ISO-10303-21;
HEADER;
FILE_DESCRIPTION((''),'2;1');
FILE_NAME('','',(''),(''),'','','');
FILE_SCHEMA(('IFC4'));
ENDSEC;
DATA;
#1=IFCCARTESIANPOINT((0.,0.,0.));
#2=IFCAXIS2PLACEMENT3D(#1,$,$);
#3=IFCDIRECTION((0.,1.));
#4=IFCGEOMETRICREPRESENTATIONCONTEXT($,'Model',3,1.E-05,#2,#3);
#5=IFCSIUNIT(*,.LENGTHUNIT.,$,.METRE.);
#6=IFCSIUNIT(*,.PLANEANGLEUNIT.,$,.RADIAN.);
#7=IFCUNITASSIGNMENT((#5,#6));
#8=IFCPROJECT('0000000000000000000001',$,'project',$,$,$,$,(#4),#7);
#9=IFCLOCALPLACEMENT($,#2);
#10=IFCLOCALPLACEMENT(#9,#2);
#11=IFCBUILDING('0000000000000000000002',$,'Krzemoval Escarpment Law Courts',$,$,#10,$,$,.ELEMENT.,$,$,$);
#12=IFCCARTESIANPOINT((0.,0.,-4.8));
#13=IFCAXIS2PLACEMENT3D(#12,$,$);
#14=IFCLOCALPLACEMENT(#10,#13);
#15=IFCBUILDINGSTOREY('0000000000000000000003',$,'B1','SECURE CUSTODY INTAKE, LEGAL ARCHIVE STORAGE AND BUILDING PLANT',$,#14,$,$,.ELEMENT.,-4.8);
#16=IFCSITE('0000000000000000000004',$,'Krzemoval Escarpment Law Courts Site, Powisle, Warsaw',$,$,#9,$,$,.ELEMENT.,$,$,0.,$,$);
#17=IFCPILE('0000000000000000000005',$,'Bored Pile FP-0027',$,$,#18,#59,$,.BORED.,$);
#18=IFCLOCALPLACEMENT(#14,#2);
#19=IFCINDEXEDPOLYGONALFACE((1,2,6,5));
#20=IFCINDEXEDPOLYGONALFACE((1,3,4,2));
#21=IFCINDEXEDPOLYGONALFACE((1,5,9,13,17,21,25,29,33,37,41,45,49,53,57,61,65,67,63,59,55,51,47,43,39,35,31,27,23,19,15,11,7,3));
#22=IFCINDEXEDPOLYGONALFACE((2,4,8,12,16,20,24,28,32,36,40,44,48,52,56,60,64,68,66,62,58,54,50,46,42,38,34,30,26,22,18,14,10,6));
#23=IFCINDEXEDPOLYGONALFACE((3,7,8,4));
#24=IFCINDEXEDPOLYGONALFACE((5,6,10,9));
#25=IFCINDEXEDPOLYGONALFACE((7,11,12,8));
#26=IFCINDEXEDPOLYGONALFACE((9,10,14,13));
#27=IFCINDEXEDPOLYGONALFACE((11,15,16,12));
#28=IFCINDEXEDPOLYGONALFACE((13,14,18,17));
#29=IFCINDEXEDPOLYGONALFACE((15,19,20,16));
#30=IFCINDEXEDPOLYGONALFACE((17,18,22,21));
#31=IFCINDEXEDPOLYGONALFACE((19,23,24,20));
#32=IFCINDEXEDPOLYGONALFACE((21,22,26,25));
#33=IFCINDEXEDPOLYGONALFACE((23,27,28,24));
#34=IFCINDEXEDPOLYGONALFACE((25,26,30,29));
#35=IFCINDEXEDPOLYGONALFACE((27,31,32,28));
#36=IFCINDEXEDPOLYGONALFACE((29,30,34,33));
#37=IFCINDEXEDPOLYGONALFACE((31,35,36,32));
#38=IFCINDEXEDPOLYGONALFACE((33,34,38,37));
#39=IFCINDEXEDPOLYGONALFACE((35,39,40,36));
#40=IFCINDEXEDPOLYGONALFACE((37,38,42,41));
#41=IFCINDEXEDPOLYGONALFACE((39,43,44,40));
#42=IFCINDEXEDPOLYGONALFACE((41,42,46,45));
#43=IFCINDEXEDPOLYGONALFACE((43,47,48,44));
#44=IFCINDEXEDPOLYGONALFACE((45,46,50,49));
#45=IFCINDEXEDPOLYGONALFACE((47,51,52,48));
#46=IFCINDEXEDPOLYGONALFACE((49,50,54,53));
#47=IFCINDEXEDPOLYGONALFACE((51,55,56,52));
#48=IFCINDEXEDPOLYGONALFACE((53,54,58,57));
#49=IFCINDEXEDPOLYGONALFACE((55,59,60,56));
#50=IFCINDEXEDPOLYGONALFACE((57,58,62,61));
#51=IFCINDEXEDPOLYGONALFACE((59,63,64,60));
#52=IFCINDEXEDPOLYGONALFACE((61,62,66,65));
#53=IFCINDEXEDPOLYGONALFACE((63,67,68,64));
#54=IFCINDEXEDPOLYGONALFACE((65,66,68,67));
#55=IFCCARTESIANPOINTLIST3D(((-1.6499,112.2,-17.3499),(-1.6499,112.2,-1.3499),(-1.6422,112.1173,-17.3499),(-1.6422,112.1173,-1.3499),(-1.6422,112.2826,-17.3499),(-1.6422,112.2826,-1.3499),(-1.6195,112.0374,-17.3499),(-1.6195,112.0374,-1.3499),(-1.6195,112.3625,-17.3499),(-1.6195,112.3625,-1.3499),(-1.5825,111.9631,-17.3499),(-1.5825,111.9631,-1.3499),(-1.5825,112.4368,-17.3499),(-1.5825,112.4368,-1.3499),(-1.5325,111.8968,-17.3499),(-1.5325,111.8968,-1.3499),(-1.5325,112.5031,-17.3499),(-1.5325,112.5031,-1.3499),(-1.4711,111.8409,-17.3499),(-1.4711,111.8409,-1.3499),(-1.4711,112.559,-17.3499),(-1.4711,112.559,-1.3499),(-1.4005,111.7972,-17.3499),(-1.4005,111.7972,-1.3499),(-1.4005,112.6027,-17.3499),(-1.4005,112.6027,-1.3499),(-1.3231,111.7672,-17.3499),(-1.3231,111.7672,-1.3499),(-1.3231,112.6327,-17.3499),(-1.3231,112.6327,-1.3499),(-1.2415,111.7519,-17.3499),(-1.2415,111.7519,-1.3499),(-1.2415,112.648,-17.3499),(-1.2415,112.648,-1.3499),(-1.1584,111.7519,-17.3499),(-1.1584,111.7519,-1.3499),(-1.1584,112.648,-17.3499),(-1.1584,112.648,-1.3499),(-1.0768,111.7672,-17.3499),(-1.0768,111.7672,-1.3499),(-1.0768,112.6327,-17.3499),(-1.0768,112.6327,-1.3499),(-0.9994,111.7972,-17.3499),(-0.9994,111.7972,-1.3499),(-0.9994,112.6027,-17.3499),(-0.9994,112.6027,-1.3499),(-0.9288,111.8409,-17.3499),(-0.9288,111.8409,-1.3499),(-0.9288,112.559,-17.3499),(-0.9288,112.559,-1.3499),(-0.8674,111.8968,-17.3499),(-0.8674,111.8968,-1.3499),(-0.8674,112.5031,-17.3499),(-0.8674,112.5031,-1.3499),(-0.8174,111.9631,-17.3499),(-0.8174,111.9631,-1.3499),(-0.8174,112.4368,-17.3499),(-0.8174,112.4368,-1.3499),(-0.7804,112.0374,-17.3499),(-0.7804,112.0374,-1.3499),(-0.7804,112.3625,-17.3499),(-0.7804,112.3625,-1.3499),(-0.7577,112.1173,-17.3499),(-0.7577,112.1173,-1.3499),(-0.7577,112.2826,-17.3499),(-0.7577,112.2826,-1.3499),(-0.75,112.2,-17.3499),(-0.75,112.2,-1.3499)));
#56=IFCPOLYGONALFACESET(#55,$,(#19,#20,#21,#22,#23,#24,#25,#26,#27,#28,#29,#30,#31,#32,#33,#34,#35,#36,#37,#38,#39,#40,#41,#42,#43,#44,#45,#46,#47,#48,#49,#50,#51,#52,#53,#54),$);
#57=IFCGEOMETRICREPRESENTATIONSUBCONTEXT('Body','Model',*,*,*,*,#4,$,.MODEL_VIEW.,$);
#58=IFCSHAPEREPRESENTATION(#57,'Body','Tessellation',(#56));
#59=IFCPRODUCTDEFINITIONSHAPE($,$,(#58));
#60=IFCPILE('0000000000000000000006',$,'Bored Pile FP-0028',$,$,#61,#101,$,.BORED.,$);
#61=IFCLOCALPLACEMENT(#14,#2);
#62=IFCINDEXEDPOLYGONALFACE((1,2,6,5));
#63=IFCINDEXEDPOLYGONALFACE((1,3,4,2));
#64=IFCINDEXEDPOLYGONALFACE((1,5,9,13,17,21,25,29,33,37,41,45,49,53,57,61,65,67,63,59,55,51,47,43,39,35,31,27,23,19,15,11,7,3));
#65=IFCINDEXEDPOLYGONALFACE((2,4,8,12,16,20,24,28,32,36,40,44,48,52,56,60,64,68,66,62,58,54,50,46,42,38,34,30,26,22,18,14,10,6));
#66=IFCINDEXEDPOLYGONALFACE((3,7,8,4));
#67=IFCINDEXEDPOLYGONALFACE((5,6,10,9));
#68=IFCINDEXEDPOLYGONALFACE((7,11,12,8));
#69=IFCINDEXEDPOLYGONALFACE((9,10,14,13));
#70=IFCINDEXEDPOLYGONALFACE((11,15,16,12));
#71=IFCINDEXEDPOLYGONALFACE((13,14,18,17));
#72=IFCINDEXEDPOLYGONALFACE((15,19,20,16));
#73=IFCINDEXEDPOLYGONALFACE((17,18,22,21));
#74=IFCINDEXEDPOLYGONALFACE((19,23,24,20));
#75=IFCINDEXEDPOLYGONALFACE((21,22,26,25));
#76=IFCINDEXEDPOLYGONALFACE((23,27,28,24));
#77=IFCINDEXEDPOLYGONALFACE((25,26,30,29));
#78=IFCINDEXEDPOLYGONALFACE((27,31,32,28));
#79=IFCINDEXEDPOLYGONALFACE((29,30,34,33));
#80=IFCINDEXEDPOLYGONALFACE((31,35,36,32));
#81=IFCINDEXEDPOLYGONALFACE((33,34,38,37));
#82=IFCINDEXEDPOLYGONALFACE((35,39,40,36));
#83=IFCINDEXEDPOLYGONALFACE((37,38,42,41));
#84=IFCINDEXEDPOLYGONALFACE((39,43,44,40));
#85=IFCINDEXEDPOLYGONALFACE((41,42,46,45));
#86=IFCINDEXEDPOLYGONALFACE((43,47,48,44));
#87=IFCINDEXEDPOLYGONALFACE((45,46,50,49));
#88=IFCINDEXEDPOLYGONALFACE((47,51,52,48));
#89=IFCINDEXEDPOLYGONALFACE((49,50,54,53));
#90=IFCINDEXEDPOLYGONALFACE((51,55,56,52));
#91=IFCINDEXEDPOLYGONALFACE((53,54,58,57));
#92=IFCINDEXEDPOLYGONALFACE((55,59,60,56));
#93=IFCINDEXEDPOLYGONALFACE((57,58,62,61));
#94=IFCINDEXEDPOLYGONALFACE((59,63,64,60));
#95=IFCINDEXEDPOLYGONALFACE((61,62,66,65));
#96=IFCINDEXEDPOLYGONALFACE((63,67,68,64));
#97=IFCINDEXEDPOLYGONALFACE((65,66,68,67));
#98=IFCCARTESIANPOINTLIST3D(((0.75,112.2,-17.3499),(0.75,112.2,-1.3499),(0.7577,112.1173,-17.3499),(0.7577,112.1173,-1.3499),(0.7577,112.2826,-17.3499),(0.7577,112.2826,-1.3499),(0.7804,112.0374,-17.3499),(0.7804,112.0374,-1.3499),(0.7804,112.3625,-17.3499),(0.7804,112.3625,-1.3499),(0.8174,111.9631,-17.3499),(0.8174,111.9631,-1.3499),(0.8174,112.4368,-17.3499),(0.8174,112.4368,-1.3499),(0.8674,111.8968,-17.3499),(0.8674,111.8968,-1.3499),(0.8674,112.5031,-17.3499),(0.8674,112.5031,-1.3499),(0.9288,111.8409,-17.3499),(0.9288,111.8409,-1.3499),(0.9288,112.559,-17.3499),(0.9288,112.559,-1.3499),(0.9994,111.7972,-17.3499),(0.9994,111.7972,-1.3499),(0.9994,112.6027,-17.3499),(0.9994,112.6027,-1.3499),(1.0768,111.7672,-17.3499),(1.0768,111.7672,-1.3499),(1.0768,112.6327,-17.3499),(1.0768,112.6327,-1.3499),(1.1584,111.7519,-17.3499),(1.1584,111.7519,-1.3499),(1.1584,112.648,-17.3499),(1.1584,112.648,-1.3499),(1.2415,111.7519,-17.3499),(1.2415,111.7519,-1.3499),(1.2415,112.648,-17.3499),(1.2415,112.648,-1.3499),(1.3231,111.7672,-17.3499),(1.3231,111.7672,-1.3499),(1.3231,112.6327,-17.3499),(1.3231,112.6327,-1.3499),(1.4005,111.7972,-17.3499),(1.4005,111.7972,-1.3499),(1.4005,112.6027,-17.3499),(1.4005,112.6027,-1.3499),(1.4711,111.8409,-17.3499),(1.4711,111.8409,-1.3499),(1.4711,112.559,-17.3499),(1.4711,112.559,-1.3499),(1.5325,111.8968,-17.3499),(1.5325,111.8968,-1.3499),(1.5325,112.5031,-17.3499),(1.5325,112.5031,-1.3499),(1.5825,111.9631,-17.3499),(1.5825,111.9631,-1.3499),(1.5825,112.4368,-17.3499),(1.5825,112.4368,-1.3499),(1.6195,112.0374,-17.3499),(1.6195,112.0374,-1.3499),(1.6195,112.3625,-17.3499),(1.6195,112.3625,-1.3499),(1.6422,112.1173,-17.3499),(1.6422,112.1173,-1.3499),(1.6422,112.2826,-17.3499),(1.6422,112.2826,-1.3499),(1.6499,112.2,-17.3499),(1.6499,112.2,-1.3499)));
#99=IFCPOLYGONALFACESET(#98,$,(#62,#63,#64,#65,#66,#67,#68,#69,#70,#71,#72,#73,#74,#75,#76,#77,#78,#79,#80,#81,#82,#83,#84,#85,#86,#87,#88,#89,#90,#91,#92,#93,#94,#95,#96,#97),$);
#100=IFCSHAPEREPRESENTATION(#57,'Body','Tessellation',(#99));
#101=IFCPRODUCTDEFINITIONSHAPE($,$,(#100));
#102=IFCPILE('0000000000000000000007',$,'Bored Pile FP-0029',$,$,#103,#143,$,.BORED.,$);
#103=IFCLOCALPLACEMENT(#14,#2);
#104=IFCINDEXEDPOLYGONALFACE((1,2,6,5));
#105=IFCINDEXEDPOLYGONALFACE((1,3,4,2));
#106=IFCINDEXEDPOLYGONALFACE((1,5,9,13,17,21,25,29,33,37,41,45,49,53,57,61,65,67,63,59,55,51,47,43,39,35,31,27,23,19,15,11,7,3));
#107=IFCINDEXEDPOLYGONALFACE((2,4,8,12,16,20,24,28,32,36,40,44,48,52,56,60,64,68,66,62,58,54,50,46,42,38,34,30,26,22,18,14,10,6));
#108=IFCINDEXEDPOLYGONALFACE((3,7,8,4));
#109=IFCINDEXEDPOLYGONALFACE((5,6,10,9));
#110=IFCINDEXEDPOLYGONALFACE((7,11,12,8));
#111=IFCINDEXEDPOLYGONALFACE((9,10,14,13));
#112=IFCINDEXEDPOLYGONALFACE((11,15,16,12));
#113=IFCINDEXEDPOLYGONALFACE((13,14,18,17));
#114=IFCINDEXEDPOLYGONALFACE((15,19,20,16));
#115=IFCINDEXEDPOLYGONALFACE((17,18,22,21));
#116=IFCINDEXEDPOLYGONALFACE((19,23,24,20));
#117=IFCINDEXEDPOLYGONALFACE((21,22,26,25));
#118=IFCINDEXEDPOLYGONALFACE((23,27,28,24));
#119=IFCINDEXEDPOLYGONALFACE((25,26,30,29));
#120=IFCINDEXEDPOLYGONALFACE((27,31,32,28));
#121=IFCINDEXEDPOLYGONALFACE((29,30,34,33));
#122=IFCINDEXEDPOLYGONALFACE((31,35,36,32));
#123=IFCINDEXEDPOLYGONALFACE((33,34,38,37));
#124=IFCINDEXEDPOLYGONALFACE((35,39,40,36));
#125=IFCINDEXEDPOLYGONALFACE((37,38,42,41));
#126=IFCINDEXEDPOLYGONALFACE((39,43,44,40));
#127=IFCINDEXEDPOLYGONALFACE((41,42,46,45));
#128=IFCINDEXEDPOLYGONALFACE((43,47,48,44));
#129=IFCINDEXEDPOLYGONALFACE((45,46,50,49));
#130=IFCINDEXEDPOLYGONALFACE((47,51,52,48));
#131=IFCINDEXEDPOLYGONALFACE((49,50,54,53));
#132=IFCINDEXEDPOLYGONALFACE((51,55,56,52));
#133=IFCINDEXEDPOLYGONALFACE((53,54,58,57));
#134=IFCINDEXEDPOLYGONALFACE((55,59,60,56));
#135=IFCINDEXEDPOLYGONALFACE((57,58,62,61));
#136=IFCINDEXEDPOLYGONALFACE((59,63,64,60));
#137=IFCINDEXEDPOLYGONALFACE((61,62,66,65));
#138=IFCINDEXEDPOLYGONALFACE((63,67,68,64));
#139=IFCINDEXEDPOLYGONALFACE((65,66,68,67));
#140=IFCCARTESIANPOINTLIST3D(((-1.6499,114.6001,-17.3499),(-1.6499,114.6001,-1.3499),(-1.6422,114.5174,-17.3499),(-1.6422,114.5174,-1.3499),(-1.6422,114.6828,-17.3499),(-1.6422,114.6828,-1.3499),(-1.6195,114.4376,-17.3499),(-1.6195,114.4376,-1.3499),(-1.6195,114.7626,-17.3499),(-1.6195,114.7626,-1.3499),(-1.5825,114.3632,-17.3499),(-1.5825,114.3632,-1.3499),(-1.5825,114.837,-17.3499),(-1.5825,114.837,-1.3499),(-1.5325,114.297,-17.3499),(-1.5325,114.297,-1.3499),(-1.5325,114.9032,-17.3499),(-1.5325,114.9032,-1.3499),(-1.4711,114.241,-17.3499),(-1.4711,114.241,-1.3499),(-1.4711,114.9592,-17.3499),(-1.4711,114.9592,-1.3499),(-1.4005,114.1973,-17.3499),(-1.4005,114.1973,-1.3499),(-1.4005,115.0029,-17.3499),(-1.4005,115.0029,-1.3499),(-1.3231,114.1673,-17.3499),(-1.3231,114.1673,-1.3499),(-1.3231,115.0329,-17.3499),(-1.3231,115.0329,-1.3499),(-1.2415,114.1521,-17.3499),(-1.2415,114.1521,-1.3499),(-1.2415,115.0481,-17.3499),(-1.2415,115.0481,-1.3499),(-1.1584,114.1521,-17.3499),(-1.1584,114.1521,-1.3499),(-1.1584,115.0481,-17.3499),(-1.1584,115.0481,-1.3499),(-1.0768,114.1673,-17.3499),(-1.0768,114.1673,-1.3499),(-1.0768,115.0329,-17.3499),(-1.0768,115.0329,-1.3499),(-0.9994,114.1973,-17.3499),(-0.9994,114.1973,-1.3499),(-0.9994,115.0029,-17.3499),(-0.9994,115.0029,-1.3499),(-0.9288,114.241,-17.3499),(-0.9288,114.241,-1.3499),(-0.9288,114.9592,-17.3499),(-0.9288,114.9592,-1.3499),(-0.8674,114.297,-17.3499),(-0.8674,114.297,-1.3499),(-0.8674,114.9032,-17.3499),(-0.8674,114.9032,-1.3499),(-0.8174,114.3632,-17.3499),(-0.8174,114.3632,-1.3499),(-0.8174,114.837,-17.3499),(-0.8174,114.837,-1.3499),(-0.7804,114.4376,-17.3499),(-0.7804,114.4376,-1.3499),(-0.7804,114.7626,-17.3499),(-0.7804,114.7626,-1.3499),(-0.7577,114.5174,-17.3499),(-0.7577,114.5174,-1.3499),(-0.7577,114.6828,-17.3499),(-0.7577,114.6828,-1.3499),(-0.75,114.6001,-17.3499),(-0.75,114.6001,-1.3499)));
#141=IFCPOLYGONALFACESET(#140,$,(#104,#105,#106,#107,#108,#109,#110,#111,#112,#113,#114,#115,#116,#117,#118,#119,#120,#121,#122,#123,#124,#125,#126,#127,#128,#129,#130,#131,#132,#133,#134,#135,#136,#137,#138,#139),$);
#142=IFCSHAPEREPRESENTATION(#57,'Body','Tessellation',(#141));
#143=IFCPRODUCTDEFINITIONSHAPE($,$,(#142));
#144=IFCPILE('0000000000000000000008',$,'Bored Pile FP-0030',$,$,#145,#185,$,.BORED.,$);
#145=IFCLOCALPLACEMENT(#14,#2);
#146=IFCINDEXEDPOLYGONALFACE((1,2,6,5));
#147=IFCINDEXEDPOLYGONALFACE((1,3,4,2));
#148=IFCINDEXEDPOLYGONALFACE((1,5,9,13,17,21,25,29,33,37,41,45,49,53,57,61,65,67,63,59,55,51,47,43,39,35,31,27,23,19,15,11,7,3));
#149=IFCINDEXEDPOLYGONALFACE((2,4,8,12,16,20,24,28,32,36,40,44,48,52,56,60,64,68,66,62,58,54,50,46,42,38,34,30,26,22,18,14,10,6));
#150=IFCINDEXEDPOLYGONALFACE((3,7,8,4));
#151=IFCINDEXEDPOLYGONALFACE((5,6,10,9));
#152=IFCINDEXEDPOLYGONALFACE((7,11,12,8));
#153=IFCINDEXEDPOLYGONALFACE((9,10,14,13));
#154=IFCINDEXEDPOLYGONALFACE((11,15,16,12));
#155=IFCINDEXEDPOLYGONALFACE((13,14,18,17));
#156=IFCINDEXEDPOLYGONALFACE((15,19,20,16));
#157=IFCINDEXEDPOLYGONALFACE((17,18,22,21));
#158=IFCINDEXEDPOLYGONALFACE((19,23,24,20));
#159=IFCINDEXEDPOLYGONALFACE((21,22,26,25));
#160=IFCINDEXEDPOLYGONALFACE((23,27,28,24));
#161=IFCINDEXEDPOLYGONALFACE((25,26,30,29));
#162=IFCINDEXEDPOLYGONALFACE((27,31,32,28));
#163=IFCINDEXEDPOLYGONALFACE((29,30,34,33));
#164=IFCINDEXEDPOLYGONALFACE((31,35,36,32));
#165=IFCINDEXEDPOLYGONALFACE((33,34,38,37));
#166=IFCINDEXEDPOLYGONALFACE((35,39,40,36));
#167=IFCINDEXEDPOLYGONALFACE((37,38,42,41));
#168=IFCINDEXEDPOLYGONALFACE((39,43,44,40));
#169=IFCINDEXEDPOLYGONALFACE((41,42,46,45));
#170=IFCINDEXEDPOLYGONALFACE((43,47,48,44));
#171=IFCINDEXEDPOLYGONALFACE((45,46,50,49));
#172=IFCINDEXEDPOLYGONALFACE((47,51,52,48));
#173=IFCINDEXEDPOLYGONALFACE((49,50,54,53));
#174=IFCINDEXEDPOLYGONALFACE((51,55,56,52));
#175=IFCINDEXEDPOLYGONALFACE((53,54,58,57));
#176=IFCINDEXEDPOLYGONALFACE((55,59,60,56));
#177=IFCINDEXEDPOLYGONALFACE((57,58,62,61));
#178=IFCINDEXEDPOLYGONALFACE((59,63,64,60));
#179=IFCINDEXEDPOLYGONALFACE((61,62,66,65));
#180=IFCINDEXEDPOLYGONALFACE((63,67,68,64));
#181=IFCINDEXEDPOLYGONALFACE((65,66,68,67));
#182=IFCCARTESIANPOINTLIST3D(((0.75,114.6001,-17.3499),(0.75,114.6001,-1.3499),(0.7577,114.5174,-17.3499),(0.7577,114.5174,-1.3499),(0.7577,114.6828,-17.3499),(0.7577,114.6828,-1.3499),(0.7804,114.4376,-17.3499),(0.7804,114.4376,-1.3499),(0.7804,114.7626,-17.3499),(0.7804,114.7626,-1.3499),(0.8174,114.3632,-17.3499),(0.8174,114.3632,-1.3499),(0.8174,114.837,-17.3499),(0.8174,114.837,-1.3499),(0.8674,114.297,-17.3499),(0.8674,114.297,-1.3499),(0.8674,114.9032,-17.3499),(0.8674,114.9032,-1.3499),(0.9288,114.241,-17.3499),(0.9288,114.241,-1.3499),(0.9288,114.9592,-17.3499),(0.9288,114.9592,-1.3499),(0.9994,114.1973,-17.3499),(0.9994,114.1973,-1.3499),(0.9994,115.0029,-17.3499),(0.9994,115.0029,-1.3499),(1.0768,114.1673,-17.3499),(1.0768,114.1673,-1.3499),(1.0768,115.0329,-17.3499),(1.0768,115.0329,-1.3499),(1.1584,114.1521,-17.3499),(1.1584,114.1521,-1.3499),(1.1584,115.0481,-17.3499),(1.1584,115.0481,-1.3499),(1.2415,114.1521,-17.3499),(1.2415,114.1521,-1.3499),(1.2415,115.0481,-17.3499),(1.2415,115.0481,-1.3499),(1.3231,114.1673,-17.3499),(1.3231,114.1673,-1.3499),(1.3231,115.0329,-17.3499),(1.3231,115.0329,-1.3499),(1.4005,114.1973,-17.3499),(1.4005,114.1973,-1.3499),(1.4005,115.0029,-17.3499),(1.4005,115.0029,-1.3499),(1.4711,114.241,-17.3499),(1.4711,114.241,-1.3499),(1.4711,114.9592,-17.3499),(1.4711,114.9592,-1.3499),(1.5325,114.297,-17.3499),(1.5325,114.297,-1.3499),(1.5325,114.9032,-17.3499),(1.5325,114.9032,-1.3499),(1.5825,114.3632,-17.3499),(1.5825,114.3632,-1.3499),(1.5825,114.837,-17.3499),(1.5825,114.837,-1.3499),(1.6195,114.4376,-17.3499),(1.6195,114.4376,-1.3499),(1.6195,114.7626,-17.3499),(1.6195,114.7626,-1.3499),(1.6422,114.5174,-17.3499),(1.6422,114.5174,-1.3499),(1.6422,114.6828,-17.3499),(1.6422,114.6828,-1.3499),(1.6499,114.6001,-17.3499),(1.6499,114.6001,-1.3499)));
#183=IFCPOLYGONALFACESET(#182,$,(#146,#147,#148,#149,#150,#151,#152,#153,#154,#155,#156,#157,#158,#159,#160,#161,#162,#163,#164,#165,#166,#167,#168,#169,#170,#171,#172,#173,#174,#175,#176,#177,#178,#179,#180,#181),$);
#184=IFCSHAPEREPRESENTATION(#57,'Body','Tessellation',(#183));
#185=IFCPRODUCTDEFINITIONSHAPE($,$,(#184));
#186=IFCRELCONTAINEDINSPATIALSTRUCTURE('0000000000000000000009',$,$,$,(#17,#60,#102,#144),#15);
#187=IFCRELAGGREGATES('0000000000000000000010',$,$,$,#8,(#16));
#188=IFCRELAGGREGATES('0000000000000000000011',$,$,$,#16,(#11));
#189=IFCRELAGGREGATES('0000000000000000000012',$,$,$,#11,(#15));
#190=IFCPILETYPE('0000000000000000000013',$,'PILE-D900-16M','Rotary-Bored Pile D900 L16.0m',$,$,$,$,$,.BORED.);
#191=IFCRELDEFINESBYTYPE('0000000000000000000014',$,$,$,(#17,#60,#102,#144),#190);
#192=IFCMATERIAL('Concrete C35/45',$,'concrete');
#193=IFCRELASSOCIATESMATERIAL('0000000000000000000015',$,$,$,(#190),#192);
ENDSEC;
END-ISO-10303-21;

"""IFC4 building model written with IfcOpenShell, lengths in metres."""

from ifc_helpers import new_model, si_unit, direction, frame, origin, origin_2d, place, context, subcontext, project, spatial, circle, extrude, material, material_profile, profile_set, type_object, element, save


model = new_model("IFC4")

# Units and contexts
model_context = context("Model", 3, precision=1e-05, world=origin(), true_north=direction((0.0, 1.0)))
body_context = subcontext(model_context, "Body", "Model", "MODEL_VIEW")
ifc_project = project(units=[si_unit("LENGTHUNIT", "METRE"), si_unit("PLANEANGLEUNIT", "RADIAN")], contexts=[model_context])

# Site, building, storey
site_placement = place(None, origin())
site = spatial("IfcSite", under=ifc_project, at=site_placement, Name="Krzemoval Escarpment Law Courts Site, Powisle, Warsaw", CompositionType="ELEMENT", RefElevation=0.0)
building_placement = place(site_placement, origin())
building = spatial("IfcBuilding", under=site, at=building_placement, Name="Krzemoval Escarpment Law Courts", CompositionType="ELEMENT")
storey_placement = place(building_placement, frame((0.0, 0.0, -4.8)))
storey = spatial("IfcBuildingStorey", under=building, at=storey_placement, Name="B1", Description="SECURE CUSTODY INTAKE, LEGAL ARCHIVE STORAGE AND BUILDING PLANT", CompositionType="ELEMENT", Elevation=-4.8)

# Piles
ifc_material_1 = material(Name="Concrete C35/45", Category="concrete")
ifc_material_profile_1 = material_profile(ifc_material_1, circle(Radius=0.45, at=origin_2d()), Name="PILE D900")
ifc_profile_set_1 = profile_set([ifc_material_profile_1], Name="Concrete C35/45")
pile_type = type_object("IfcPileType", Name="PILE-D900-16M", Description="Rotary-Bored Pile D900 L16.0m", PredefinedType="BORED", material=ifc_profile_set_1)
for number, where, z_axis, x_axis, name in (
    (1, (-1.2, 112.2, -1.3499), (0.0, 0.0, -1.0), (1.0, 0.0, 0.0), "Bored Pile FP-0027"),
    (2, (1.2, 112.2, -1.3499), (0.0, 0.0, -1.0), (1.0, 0.0, 0.0), "Bored Pile FP-0028"),
    (3, (-1.2, 114.6001, -1.3499), (0.0, 0.0, -1.0), (1.0, 0.0, 0.0), "Bored Pile FP-0029"),
    (4, (1.2, 114.6001, -1.3499), (0.0, 0.0, -1.0), (1.0, 0.0, 0.0), "Bored Pile FP-0030"),
):
    element("IfcPile", number, at=place(storey_placement, frame(where, z_axis=z_axis, x_axis=x_axis)), inside=storey, type_object=pile_type, Name=name, PredefinedType="BORED", context=body_context, shape_type="SweptSolid", body=[
        extrude(circle(Radius=0.45, at=origin_2d()), origin(), (0.0, 0.0, 1.0), 16.0),
    ])

save(model, "model.ifc")
